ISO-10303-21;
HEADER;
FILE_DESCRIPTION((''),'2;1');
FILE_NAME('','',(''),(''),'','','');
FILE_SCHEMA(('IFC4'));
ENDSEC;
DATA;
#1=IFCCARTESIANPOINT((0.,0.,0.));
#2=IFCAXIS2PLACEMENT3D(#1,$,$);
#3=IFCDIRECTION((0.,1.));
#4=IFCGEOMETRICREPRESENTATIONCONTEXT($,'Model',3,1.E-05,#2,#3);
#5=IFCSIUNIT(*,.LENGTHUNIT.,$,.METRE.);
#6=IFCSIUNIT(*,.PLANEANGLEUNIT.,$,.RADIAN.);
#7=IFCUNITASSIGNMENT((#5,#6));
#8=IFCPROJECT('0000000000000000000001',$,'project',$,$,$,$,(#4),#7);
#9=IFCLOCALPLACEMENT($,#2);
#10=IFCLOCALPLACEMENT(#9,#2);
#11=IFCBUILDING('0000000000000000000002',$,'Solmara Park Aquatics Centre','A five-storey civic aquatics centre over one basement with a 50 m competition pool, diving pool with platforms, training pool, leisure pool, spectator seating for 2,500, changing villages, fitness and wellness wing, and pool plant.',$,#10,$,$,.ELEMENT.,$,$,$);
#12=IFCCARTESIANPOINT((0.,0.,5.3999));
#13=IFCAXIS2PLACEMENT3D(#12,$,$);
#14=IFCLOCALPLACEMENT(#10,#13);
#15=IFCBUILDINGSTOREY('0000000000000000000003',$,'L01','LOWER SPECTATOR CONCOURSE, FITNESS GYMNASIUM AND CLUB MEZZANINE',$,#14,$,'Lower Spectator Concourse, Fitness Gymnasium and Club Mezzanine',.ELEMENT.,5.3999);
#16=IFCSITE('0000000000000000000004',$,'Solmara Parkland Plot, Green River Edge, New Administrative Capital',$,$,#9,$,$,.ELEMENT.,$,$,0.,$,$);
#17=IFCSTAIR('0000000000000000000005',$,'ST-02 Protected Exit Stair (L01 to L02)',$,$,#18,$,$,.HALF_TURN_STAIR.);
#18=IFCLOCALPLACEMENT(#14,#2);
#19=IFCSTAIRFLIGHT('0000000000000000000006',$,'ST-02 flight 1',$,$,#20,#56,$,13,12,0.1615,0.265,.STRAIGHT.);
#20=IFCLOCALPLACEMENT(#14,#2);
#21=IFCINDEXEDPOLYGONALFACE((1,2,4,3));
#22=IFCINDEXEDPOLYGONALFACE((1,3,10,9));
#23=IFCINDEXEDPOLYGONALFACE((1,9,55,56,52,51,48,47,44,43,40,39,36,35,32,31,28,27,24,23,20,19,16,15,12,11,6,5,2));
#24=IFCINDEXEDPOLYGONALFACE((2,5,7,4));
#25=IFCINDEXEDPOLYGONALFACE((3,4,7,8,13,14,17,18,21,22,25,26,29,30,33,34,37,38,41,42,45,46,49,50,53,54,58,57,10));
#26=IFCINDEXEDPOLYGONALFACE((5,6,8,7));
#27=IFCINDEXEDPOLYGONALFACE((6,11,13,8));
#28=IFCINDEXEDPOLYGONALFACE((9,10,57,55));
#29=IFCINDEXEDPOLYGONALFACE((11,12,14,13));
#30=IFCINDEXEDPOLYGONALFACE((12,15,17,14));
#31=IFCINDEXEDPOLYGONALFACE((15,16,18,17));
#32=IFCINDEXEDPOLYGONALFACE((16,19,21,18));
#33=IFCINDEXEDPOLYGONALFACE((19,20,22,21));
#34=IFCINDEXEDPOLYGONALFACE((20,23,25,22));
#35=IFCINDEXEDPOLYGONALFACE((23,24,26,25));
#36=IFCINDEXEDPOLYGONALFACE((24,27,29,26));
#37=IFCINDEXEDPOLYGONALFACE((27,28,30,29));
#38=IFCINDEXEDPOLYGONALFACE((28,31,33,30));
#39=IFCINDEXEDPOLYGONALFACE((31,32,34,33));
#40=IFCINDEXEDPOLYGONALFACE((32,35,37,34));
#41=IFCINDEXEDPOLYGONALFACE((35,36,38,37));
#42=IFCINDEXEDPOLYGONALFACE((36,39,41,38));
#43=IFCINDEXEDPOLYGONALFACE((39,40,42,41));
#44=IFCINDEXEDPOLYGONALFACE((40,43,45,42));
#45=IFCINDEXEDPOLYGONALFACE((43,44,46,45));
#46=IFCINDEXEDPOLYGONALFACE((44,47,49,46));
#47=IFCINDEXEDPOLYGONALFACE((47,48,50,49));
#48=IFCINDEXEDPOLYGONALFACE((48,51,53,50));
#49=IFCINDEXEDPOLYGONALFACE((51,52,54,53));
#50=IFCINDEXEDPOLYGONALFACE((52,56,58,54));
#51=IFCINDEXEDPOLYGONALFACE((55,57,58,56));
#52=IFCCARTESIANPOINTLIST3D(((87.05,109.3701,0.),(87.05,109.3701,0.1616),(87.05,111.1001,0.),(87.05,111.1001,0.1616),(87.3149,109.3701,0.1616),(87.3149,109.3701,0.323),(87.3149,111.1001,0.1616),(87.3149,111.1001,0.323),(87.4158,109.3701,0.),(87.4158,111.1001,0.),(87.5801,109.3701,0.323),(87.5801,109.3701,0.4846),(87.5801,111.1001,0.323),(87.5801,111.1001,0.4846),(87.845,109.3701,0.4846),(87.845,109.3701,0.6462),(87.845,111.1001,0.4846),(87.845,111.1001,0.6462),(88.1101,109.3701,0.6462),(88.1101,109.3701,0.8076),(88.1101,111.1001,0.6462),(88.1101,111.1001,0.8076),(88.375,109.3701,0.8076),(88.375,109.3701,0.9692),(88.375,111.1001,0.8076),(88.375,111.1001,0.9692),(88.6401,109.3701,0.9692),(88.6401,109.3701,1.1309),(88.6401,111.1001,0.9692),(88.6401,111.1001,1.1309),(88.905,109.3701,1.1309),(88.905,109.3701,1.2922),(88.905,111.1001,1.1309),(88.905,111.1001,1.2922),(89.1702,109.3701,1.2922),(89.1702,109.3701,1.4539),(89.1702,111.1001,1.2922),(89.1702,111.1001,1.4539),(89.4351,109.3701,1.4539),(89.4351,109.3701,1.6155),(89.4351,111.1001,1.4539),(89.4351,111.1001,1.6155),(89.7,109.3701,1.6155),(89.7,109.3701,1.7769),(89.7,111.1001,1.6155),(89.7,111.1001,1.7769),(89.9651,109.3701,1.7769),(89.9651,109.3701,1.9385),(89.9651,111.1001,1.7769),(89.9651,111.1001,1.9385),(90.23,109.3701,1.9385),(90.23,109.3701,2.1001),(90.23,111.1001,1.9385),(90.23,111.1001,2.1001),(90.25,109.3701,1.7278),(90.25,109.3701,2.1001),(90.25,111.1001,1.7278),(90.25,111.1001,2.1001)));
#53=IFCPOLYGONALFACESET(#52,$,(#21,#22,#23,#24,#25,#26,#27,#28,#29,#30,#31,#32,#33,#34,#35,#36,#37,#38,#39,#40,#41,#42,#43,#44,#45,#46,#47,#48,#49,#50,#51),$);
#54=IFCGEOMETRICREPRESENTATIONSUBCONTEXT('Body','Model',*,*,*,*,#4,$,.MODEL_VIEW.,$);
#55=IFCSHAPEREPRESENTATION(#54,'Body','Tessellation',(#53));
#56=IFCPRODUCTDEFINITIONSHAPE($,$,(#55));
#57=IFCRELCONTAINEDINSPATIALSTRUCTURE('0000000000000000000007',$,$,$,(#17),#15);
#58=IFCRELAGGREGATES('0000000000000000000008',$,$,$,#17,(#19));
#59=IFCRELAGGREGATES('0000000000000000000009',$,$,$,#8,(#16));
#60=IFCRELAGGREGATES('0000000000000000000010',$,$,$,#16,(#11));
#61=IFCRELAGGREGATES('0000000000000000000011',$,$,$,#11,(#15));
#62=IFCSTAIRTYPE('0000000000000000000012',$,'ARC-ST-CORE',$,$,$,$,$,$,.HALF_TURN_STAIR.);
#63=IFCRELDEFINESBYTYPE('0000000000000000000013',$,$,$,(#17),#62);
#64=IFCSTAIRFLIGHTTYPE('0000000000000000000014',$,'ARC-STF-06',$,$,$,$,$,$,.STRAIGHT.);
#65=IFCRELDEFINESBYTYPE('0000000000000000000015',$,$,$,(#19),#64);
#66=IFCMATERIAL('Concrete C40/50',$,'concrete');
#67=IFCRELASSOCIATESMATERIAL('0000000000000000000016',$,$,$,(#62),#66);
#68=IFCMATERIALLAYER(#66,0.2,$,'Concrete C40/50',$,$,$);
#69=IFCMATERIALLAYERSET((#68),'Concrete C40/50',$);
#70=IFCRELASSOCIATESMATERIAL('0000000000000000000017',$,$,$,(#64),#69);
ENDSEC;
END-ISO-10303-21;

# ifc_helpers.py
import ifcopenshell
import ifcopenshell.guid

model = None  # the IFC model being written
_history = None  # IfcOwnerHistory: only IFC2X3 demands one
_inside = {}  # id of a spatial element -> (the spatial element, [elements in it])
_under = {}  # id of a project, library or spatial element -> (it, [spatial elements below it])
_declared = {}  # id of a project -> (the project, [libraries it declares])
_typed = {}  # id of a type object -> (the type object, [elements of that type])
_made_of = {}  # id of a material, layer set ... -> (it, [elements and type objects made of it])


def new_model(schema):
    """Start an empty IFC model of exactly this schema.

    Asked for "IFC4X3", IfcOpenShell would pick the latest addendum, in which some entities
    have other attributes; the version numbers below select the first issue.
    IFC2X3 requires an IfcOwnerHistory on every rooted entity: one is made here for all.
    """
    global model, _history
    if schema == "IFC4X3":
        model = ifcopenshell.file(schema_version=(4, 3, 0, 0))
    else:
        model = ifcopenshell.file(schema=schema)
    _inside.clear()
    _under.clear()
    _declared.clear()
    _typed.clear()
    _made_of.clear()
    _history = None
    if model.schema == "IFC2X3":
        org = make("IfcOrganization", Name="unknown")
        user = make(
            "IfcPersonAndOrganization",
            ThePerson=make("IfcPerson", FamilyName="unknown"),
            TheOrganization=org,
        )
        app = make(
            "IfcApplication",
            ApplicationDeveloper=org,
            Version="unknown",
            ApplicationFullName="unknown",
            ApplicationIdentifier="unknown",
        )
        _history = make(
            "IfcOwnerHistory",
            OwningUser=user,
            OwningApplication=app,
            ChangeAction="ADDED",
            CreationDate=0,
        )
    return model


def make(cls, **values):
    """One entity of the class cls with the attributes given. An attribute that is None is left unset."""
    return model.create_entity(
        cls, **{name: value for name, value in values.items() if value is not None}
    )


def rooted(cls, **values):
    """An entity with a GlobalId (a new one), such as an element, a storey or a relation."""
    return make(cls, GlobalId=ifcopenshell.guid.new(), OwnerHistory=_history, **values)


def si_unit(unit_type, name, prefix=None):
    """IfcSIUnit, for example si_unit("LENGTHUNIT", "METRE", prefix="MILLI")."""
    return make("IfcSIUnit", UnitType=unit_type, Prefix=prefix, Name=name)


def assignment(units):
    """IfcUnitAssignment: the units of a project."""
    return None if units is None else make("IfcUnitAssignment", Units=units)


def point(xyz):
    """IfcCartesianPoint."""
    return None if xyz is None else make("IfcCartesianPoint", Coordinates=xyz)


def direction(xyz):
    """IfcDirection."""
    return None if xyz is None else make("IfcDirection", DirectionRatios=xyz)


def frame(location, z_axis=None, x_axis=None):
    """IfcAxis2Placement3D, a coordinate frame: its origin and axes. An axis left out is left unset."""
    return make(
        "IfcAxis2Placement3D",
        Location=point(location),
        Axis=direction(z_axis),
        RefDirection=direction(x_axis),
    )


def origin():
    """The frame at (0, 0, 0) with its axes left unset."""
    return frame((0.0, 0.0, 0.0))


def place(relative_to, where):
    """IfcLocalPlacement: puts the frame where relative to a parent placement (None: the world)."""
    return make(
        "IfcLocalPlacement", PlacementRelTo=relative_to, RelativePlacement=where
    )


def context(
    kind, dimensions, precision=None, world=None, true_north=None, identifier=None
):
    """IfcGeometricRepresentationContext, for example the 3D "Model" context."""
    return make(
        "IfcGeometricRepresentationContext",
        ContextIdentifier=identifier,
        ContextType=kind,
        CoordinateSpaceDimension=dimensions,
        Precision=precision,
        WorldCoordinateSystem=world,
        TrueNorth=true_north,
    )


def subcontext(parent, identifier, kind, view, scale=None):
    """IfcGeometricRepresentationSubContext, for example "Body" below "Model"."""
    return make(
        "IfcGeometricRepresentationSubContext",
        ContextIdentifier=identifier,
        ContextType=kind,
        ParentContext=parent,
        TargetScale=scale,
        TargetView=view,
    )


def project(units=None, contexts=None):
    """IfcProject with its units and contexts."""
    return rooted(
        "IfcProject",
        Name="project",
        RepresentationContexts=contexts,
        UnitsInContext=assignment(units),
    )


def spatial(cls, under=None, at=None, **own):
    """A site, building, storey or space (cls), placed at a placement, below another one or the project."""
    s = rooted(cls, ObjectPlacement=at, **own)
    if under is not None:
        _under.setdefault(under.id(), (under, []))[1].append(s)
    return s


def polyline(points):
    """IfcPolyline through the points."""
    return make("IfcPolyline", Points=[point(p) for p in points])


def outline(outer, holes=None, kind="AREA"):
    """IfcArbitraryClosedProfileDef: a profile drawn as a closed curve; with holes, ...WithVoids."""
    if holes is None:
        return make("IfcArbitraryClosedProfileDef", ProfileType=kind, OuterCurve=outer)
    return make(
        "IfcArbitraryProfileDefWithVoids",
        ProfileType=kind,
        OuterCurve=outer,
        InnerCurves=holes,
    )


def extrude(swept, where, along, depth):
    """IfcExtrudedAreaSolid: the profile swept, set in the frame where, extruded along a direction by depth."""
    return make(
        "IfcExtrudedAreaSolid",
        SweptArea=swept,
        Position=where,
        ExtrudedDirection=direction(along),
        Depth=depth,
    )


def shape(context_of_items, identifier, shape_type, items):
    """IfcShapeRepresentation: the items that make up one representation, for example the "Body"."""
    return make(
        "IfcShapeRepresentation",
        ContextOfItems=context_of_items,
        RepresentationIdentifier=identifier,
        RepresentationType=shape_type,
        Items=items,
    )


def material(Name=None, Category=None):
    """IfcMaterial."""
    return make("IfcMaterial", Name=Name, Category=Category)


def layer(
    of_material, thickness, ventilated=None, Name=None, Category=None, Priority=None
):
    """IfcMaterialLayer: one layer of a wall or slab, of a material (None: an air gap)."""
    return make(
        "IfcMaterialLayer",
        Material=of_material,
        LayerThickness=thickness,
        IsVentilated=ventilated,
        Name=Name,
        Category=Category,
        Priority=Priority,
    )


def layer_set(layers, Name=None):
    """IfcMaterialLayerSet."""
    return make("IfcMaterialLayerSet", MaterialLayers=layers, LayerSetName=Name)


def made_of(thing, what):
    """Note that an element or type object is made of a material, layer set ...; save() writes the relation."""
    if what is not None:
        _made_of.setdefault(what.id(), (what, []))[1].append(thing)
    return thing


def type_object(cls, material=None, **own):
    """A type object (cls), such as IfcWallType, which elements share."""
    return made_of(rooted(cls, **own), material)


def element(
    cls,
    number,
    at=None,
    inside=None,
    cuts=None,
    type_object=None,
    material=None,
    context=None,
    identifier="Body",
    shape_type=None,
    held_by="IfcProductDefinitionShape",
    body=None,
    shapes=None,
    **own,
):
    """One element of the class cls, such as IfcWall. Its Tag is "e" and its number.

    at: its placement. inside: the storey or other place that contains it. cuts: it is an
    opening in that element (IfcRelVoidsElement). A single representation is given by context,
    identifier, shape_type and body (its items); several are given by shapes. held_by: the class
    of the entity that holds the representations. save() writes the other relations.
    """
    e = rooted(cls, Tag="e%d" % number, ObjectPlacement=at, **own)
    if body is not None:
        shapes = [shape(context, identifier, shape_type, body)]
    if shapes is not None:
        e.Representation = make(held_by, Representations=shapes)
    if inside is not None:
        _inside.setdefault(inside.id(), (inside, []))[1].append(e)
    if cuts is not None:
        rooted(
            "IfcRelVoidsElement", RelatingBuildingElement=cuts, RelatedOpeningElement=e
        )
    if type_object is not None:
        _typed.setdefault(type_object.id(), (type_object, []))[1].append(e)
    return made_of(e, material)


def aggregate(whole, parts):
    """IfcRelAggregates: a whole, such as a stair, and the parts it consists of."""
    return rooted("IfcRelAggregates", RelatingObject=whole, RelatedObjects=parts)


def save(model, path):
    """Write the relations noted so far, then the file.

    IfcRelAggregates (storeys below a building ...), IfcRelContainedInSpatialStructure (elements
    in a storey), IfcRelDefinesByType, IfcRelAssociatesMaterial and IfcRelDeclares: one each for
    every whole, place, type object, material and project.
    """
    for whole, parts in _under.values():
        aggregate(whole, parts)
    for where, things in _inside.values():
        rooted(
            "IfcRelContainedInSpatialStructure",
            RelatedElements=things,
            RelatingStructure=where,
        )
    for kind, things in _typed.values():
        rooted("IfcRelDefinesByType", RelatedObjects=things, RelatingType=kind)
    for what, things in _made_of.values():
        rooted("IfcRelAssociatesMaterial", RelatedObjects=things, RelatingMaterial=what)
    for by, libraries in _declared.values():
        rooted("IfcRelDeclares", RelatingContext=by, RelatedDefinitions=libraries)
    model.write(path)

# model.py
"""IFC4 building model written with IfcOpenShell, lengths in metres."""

from ifc_helpers import new_model, si_unit, direction, frame, origin, place, context, subcontext, project, spatial, polyline, outline, extrude, material, layer, layer_set, type_object, element, aggregate, save


model = new_model("IFC4")

# Units and contexts
model_context = context("Model", 3, precision=1e-05, world=origin(), true_north=direction((0.0, 1.0)))
body_context = subcontext(model_context, "Body", "Model", "MODEL_VIEW")
ifc_project = project(units=[si_unit("LENGTHUNIT", "METRE"), si_unit("PLANEANGLEUNIT", "RADIAN")], contexts=[model_context])

# Site, building, storey
site_placement = place(None, origin())
site = spatial("IfcSite", under=ifc_project, at=site_placement, Name="Solmara Parkland Plot, Green River Edge, New Administrative Capital", CompositionType="ELEMENT", RefElevation=0.0)
building_placement = place(site_placement, origin())
building = spatial("IfcBuilding", under=site, at=building_placement, Name="Solmara Park Aquatics Centre", Description="A five-storey civic aquatics centre over one basement with a 50 m competition pool, diving pool with platforms, training pool, leisure pool, spectator seating for 2,500, changing villages, fitness and wellness wing, and pool plant.", CompositionType="ELEMENT")
storey_placement = place(building_placement, frame((0.0, 0.0, 5.3999)))
storey = spatial("IfcBuildingStorey", under=building, at=storey_placement, Name="L01", Description="LOWER SPECTATOR CONCOURSE, FITNESS GYMNASIUM AND CLUB MEZZANINE", LongName="Lower Spectator Concourse, Fitness Gymnasium and Club Mezzanine", CompositionType="ELEMENT", Elevation=5.3999)

# Shared definitions
ifc_material_1 = material(Name="Concrete C40/50", Category="concrete")

# Stair, stair flight
stair_type = type_object("IfcStairType", Name="ARC-ST-CORE", PredefinedType="HALF_TURN_STAIR", material=ifc_material_1)
stair_placement = place(storey_placement, origin())
stair = element("IfcStair", 1, at=stair_placement, inside=storey, type_object=stair_type, Name="ST-02 Protected Exit Stair (L01 to L02)", PredefinedType="HALF_TURN_STAIR")
ifc_layer_1 = layer(ifc_material_1, 0.2, Name="Concrete C40/50")
ifc_layer_set_1 = layer_set([ifc_layer_1], Name="Concrete C40/50")
stair_flight_type = type_object("IfcStairFlightType", Name="ARC-STF-06", PredefinedType="STRAIGHT", material=ifc_layer_set_1)
stair_flight_placement = place(storey_placement, frame((87.05, 110.2351, 0.0), z_axis=(0.0, 0.0, 1.0), x_axis=(1.0, 0.0, 0.0)))
stair_flight = element("IfcStairFlight", 2, at=stair_flight_placement, type_object=stair_flight_type, Name="ST-02 flight 1", NumberOfRisers=13, NumberOfTreads=12, PredefinedType="STRAIGHT", RiserHeight=0.1615, TreadLength=0.265, context=body_context, shape_type="SweptSolid", body=[
    extrude(outline(polyline([(0.0, 0.0), (0.0, 0.1616), (0.2649, 0.1616), (0.2649, 0.323), (0.53, 0.323), (0.53, 0.4846), (0.7949, 0.4846), (0.7949, 0.6462), (1.0601, 0.6462), (1.0601, 0.8076), (1.325, 0.8076), (1.325, 0.9692), (1.5901, 0.9692), (1.5901, 1.1309), (1.855, 1.1309), (1.855, 1.2922), (2.1201, 1.2922), (2.1201, 1.4539), (2.385, 1.4539), (2.385, 1.6155), (2.6499, 1.6155), (2.6499, 1.7769), (2.915, 1.7769), (2.915, 1.9385), (3.1799, 1.9385), (3.1799, 2.1001), (3.2, 2.1001), (3.2, 1.7278), (0.3657, 0.0), (0.0, 0.0)])), frame((0.0, 0.865, 0.0), z_axis=(0.0, -1.0, 0.0), x_axis=(1.0, 0.0, 0.0)), (0.0, 0.0, 1.0), 1.73),
])
aggregate(stair, [stair_flight])

save(model, "model.ifc")
